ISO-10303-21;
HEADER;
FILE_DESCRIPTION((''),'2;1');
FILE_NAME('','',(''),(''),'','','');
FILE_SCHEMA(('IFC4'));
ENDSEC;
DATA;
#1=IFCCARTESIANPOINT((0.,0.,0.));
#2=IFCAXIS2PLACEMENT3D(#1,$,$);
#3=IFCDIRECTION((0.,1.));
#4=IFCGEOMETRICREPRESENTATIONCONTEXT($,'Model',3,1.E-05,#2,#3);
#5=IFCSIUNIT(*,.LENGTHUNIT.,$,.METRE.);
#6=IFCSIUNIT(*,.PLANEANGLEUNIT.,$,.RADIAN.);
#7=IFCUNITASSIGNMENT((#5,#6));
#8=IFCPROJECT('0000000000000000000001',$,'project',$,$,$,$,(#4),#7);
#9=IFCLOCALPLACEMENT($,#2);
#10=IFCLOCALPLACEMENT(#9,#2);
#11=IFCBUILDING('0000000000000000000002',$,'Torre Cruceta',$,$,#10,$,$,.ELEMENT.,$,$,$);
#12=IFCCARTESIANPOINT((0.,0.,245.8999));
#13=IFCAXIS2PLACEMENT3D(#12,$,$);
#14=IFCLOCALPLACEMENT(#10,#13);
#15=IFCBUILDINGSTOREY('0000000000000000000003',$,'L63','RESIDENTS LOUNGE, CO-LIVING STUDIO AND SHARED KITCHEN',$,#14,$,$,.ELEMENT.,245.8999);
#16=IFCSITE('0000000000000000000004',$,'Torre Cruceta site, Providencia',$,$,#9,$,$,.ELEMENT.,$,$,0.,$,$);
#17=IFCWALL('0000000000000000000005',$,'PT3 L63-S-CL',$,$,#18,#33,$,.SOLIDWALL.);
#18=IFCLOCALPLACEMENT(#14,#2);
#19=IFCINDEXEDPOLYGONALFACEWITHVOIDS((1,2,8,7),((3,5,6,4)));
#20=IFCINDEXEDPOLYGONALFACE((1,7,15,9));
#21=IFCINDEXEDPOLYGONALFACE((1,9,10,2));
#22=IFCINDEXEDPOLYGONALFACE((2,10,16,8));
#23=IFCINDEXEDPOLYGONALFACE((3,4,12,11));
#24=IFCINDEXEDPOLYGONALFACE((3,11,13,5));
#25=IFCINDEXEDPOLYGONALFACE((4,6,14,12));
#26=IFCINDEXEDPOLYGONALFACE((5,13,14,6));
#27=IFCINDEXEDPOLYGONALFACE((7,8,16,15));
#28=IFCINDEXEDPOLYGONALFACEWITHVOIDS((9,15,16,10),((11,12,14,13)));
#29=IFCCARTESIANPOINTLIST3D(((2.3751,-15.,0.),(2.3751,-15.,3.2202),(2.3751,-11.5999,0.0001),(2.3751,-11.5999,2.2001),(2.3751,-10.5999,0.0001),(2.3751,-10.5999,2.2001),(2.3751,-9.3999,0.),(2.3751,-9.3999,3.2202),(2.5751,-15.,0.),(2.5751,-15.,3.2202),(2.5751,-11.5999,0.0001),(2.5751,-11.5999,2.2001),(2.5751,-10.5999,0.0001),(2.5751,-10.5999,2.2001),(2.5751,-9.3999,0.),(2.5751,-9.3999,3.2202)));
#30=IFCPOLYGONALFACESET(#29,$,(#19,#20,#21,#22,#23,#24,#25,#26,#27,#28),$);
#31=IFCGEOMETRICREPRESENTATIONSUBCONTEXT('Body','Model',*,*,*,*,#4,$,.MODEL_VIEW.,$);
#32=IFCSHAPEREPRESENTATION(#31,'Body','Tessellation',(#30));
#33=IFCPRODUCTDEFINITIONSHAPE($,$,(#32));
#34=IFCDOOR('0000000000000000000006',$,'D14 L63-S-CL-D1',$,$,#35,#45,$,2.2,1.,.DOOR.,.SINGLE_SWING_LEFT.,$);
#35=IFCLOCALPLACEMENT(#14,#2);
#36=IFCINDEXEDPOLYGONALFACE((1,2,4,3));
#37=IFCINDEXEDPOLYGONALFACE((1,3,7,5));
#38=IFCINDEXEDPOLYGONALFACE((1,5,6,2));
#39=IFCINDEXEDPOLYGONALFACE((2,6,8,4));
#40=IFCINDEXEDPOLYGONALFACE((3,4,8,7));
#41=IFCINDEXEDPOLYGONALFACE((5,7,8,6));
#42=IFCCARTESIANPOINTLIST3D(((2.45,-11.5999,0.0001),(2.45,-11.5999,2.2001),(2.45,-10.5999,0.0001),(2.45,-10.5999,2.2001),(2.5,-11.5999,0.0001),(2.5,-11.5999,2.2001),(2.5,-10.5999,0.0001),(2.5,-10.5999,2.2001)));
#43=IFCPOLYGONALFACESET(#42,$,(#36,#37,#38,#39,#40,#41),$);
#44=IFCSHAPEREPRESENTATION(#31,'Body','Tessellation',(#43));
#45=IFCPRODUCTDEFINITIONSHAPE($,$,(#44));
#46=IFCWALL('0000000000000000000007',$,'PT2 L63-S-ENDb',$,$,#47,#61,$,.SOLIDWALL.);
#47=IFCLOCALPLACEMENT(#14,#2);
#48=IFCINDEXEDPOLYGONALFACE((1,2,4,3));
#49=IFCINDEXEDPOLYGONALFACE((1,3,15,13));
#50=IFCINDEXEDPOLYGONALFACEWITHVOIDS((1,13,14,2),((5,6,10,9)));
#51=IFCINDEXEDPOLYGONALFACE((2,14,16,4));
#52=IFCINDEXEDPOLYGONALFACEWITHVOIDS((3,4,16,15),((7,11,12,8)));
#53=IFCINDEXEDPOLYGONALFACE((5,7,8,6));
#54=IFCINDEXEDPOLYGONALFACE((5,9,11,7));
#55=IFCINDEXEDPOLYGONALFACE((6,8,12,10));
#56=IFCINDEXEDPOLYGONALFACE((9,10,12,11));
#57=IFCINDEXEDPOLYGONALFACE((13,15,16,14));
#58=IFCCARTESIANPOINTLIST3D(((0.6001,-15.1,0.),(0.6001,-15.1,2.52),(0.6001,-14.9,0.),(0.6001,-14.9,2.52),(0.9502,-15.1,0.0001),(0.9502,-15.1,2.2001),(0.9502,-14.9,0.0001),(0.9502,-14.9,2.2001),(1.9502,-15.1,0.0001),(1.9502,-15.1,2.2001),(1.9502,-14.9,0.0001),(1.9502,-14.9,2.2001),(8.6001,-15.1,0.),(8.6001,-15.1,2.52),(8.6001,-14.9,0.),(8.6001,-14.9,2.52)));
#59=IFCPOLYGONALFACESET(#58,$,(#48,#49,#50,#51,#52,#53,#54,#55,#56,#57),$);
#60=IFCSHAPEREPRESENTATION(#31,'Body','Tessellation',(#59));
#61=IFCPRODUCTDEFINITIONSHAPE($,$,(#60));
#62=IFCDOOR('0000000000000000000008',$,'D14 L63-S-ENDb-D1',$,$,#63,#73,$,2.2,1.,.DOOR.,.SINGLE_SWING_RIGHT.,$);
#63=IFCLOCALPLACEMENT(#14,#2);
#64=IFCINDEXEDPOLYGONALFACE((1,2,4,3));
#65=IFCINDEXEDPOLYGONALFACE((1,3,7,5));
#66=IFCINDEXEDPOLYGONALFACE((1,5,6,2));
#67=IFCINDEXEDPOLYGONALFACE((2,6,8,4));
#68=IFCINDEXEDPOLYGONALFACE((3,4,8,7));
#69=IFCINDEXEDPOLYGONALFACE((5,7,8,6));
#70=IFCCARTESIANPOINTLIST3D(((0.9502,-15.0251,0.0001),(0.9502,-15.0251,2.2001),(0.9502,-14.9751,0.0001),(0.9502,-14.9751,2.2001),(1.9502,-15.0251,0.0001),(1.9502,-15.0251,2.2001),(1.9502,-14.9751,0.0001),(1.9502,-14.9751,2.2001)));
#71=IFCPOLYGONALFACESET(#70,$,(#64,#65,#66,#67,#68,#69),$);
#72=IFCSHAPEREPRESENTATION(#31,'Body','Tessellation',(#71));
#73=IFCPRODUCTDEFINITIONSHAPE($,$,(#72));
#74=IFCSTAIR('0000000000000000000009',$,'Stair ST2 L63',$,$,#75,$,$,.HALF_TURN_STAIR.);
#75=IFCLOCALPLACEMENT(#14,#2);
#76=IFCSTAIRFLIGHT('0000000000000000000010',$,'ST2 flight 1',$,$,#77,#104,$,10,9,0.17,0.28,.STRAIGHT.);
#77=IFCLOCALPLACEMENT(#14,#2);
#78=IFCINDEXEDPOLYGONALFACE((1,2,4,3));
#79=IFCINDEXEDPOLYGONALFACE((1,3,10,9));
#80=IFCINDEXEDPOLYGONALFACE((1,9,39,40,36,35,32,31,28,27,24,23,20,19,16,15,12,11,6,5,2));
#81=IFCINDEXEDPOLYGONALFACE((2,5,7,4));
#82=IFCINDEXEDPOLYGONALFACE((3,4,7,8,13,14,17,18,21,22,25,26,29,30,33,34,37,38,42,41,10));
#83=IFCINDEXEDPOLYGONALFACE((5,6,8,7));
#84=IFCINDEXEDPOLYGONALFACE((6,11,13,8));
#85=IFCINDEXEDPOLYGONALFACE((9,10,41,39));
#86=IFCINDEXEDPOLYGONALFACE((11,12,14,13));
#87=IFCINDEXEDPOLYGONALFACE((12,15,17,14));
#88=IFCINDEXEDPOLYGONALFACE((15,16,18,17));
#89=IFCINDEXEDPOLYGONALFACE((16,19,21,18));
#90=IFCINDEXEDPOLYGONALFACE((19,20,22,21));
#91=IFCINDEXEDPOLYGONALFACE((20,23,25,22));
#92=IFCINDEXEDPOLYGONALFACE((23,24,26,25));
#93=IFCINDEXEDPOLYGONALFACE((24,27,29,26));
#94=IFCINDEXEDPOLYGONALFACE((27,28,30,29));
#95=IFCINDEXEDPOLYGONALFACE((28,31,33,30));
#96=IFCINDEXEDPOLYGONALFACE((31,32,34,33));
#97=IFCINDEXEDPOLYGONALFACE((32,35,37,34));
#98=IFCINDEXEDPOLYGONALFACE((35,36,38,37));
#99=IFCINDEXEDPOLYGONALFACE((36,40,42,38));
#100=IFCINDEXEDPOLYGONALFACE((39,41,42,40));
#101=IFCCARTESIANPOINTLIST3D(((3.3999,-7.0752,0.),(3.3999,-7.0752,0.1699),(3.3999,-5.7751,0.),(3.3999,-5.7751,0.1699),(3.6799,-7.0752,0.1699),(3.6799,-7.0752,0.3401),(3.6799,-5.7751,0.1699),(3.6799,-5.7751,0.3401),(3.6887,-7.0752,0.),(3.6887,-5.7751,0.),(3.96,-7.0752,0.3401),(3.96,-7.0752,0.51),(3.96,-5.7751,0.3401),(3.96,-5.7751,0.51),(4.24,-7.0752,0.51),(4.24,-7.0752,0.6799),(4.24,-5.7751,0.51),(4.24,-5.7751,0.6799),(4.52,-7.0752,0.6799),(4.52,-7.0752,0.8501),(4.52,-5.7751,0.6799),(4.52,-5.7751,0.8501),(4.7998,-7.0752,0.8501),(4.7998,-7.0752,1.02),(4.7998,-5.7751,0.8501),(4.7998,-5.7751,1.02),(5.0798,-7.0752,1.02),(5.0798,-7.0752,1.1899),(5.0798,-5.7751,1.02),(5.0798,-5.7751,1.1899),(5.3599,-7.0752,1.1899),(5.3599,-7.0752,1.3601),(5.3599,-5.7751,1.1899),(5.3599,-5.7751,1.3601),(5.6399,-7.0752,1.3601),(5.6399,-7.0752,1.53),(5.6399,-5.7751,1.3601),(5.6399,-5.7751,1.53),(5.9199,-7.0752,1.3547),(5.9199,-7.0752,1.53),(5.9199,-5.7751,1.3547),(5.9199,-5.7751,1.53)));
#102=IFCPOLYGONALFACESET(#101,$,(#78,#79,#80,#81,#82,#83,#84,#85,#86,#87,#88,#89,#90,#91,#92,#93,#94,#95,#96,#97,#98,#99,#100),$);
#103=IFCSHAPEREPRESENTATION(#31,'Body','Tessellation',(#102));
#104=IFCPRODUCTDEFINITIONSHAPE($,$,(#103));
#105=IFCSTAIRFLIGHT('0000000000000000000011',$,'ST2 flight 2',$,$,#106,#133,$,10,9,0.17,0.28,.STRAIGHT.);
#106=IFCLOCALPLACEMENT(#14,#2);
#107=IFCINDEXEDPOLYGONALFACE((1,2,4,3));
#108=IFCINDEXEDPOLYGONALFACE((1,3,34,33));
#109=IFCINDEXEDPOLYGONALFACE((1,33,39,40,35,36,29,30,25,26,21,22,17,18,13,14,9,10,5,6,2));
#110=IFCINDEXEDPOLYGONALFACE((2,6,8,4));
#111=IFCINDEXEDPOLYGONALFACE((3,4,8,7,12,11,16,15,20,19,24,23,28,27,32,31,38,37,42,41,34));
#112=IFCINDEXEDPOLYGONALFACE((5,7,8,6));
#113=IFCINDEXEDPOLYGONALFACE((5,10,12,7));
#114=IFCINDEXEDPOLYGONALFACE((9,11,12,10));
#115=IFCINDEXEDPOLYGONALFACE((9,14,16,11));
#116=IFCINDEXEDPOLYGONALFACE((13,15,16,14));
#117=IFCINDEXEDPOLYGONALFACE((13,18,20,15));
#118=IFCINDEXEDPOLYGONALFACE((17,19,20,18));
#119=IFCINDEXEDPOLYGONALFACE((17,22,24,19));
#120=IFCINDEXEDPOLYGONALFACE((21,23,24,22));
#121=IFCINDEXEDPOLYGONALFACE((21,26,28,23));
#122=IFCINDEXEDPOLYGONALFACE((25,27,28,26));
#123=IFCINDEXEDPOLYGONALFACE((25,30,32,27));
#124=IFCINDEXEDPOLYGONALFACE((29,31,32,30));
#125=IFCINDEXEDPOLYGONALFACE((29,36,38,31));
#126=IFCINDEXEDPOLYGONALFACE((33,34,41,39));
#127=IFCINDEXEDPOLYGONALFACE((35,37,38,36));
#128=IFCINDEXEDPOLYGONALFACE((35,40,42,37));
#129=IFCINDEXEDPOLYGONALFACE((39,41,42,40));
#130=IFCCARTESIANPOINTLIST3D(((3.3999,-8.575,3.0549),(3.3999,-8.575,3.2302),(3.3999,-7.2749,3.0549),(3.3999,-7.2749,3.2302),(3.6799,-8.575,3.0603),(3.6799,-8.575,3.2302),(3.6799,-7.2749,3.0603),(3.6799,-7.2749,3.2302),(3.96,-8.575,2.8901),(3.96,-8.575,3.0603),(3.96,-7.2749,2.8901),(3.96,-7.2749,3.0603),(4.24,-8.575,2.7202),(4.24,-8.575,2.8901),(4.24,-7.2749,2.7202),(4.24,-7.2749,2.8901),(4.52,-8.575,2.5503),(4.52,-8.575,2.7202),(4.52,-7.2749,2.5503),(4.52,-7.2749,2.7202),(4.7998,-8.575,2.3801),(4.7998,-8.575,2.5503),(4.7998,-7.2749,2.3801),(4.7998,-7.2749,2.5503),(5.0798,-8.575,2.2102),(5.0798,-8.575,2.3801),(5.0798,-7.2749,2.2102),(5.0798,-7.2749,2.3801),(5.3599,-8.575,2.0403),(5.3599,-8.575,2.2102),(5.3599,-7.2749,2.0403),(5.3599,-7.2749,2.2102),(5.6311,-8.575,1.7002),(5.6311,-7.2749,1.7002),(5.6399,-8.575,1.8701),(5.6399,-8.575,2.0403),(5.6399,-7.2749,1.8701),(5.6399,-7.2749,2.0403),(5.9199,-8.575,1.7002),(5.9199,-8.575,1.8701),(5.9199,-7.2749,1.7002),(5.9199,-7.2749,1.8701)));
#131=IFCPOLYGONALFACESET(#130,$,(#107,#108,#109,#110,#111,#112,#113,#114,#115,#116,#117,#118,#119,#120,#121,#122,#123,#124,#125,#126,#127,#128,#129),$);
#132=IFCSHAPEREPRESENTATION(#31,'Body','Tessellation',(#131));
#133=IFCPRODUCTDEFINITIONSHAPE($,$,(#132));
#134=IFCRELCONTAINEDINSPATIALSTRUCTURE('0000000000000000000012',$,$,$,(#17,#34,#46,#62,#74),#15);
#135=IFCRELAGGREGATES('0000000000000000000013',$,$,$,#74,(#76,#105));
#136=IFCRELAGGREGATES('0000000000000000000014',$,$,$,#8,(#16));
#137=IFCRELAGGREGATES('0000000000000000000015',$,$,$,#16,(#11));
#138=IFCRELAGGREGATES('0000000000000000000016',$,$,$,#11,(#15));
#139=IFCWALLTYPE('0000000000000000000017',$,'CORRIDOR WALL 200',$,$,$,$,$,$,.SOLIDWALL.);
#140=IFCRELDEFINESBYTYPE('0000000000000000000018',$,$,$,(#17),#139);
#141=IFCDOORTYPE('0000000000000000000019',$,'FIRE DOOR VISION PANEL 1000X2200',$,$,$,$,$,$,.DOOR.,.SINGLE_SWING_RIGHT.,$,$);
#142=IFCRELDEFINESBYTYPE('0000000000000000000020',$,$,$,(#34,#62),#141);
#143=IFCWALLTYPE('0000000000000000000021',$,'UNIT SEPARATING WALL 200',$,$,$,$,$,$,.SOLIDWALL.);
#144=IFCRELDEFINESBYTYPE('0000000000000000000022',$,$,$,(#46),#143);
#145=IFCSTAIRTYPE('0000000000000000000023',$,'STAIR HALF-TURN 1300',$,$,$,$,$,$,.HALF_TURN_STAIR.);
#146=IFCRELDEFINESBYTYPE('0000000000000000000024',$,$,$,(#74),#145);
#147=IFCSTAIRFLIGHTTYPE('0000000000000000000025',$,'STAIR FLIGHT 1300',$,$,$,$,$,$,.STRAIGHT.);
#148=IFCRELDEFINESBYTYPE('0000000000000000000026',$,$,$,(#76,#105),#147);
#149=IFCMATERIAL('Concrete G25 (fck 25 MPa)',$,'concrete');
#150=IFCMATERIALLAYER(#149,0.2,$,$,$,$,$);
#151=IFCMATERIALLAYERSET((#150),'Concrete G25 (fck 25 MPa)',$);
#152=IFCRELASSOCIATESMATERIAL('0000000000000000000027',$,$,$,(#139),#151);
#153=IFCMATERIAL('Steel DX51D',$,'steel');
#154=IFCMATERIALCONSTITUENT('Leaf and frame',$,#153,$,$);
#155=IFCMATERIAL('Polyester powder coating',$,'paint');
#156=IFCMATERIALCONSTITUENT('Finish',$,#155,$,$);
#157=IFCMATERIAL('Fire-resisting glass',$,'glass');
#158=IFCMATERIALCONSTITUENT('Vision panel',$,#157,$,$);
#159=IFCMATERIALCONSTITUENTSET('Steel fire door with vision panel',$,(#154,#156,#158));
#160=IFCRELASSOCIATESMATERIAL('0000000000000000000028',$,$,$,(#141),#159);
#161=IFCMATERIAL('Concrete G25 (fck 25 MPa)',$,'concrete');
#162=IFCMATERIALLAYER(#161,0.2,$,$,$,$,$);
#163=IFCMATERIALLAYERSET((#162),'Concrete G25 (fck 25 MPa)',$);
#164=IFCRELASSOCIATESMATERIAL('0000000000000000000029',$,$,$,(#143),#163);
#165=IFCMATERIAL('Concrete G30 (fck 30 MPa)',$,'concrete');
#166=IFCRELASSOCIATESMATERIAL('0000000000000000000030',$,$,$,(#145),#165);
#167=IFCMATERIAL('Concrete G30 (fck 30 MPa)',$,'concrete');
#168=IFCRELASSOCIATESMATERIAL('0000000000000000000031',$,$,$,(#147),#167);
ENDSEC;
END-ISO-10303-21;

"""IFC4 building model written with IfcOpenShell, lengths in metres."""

from ifc_helpers import new_model, si_unit, direction, frame, frame_2d, origin, place, context, subcontext, project, spatial, polyline, rectangle, outline, extrude, material, layer, layer_set, constituent, constituent_set, type_object, element, fill, aggregate, save


model = new_model("IFC4")

# Units and contexts
model_context = context("Model", 3, precision=1e-05, world=origin(), true_north=direction((0.0, 1.0)))
body_context = subcontext(model_context, "Body", "Model", "MODEL_VIEW")
ifc_project = project(units=[si_unit("LENGTHUNIT", "METRE"), si_unit("PLANEANGLEUNIT", "RADIAN")], contexts=[model_context])

# Site, building, storey
site_placement = place(None, origin())
site = spatial("IfcSite", under=ifc_project, at=site_placement, Name="Torre Cruceta site, Providencia", CompositionType="ELEMENT", RefElevation=0.0)
building_placement = place(site_placement, origin())
building = spatial("IfcBuilding", under=site, at=building_placement, Name="Torre Cruceta", CompositionType="ELEMENT")
storey_placement = place(building_placement, frame((0.0, 0.0, 245.8999)))
storey = spatial("IfcBuildingStorey", under=building, at=storey_placement, Name="L63", Description="RESIDENTS LOUNGE, CO-LIVING STUDIO AND SHARED KITCHEN", CompositionType="ELEMENT", Elevation=245.8999)

# Wall, opening, door
ifc_material_1 = material(Name="Concrete G25 (fck 25 MPa)", Category="concrete")
ifc_layer_1 = layer(ifc_material_1, 0.2)
ifc_layer_set_1 = layer_set([ifc_layer_1], Name="Concrete G25 (fck 25 MPa)")
wall_type_1 = type_object("IfcWallType", Name="CORRIDOR WALL 200", PredefinedType="SOLIDWALL", material=ifc_layer_set_1)
wall_1_placement = place(storey_placement, frame((2.4751, -9.3999, 0.0), z_axis=(0.0, 0.0, 1.0), x_axis=(0.0, -1.0, 0.0)))
wall_1 = element("IfcWall", 1, at=wall_1_placement, inside=storey, type_object=wall_type_1, Name="PT3 L63-S-CL", PredefinedType="SOLIDWALL", context=body_context, shape_type="SweptSolid", body=[
    extrude(rectangle(XDim=5.6001, YDim=0.2, at=frame_2d((2.8, 0.0))), origin(), (0.0, 0.0, 1.0), 3.2202),
])
opening_1_placement = place(wall_1_placement, frame((1.2, 0.0, 0.0)))
opening_1 = element("IfcOpeningElement", 2, at=opening_1_placement, cuts=wall_1, PredefinedType="OPENING", context=body_context, shape_type="SweptSolid", body=[
    extrude(rectangle(XDim=1.0, YDim=2.2, at=frame_2d((0.5, 1.1001))), frame((0.0, 0.1099, 0.0), z_axis=(0.0, -1.0, 0.0), x_axis=(1.0, 0.0, 0.0)), (0.0, 0.0, 1.0), 0.22),
])
ifc_material_2 = material(Name="Steel DX51D", Category="steel")
ifc_constituent_1 = constituent(ifc_material_2, Name="Leaf and frame")
ifc_material_3 = material(Name="Polyester powder coating", Category="paint")
ifc_constituent_2 = constituent(ifc_material_3, Name="Finish")
ifc_material_4 = material(Name="Fire-resisting glass", Category="glass")
ifc_constituent_3 = constituent(ifc_material_4, Name="Vision panel")
ifc_constituent_set = constituent_set(constituents=[ifc_constituent_1, ifc_constituent_2, ifc_constituent_3], Name="Steel fire door with vision panel")
door_type_1 = type_object("IfcDoorType", Name="FIRE DOOR VISION PANEL 1000X2200", OperationType="SINGLE_SWING_RIGHT", PredefinedType="DOOR", material=ifc_constituent_set)
door_1_placement = place(opening_1_placement, origin())
door_1 = element("IfcDoor", 3, at=door_1_placement, inside=storey, type_object=door_type_1, Name="D14 L63-S-CL-D1", OperationType="SINGLE_SWING_LEFT", OverallHeight=2.2, OverallWidth=1.0, PredefinedType="DOOR", context=body_context, shape_type="SweptSolid", body=[
    extrude(rectangle(XDim=1.0, YDim=2.2, at=frame_2d((0.5, 1.1001))), frame((0.0, 0.0249, 0.0), z_axis=(0.0, -1.0, 0.0), x_axis=(1.0, 0.0, 0.0)), (0.0, 0.0, 1.0), 0.05),
])
fill(opening_1, door_1)

# Wall, opening, door
ifc_material_5 = material(Name="Concrete G25 (fck 25 MPa)", Category="concrete")
ifc_layer_2 = layer(ifc_material_5, 0.2)
ifc_layer_set_2 = layer_set([ifc_layer_2], Name="Concrete G25 (fck 25 MPa)")
wall_type_2 = type_object("IfcWallType", Name="UNIT SEPARATING WALL 200", PredefinedType="SOLIDWALL", material=ifc_layer_set_2)
wall_2_placement = place(storey_placement, frame((0.6001, -15.0, 0.0), z_axis=(0.0, 0.0, 1.0), x_axis=(1.0, 0.0, 0.0)))
wall_2 = element("IfcWall", 4, at=wall_2_placement, inside=storey, type_object=wall_type_2, Name="PT2 L63-S-ENDb", PredefinedType="SOLIDWALL", context=body_context, shape_type="SweptSolid", body=[
    extrude(rectangle(XDim=8.0, YDim=0.2, at=frame_2d((4.0, 0.0))), origin(), (0.0, 0.0, 1.0), 2.52),
])
opening_2_placement = place(wall_2_placement, frame((0.3501, 0.0, 0.0)))
opening_2 = element("IfcOpeningElement", 5, at=opening_2_placement, cuts=wall_2, PredefinedType="OPENING", context=body_context, shape_type="SweptSolid", body=[
    extrude(rectangle(XDim=1.0, YDim=2.2, at=frame_2d((0.5, 1.1001))), frame((0.0, 0.1099, 0.0), z_axis=(0.0, -1.0, 0.0), x_axis=(1.0, 0.0, 0.0)), (0.0, 0.0, 1.0), 0.22),
])
door_2_placement = place(opening_2_placement, frame((1.0, 0.0, 0.0), z_axis=(0.0, 0.0, 1.0), x_axis=(-1.0, 0.0, 0.0)))
door_2 = element("IfcDoor", 6, at=door_2_placement, inside=storey, type_object=door_type_1, Name="D14 L63-S-ENDb-D1", OperationType="SINGLE_SWING_RIGHT", OverallHeight=2.2, OverallWidth=1.0, PredefinedType="DOOR", context=body_context, shape_type="SweptSolid", body=[
    extrude(rectangle(XDim=1.0, YDim=2.2, at=frame_2d((0.5, 1.1001))), frame((0.0, 0.0251, 0.0), z_axis=(0.0, -1.0, 0.0), x_axis=(1.0, 0.0, 0.0)), (0.0, 0.0, 1.0), 0.05),
])
fill(opening_2, door_2)

# Stair, stair flights
ifc_material_6 = material(Name="Concrete G30 (fck 30 MPa)", Category="concrete")
stair_type = type_object("IfcStairType", Name="STAIR HALF-TURN 1300", PredefinedType="HALF_TURN_STAIR", material=ifc_material_6)
stair_placement = place(storey_placement, origin())
stair = element("IfcStair", 7, at=stair_placement, inside=storey, type_object=stair_type, Name="Stair ST2 L63", PredefinedType="HALF_TURN_STAIR")
ifc_material_7 = material(Name="Concrete G30 (fck 30 MPa)", Category="concrete")
stair_flight_type = type_object("IfcStairFlightType", Name="STAIR FLIGHT 1300", PredefinedType="STRAIGHT", material=ifc_material_7)
stair_flight_1_placement = place(storey_placement, frame((3.3999, -6.425, 0.0), z_axis=(0.0, 0.0, 1.0), x_axis=(1.0, 0.0, 0.0)))
stair_flight_1 = element("IfcStairFlight", 8, at=stair_flight_1_placement, type_object=stair_flight_type, Name="ST2 flight 1", NumberOfRisers=10, NumberOfTreads=9, PredefinedType="STRAIGHT", RiserHeight=0.17, TreadLength=0.28, context=body_context, shape_type="SweptSolid", body=[
    extrude(outline(polyline([(0.0, 0.0), (0.0, 0.1699), (0.28, 0.1699), (0.28, 0.3401), (0.5601, 0.3401), (0.5601, 0.51), (0.8401, 0.51), (0.8401, 0.6799), (1.1201, 0.6799), (1.1201, 0.8501), (1.3999, 0.8501), (1.3999, 1.02), (1.6799, 1.02), (1.6799, 1.1899), (1.96, 1.1899), (1.96, 1.3601), (2.24, 1.3601), (2.24, 1.53), (2.52, 1.53), (2.52, 1.7), (2.52, 1.3547), (0.2888, 0.0), (0.0, 0.0)])), frame((0.0, 0.6499, 0.0), z_axis=(0.0, -1.0, 0.0), x_axis=(1.0, 0.0, 0.0)), (0.0, 0.0, 1.0), 1.3),
])
stair_flight_2_placement = place(storey_placement, frame((5.9199, -7.925, 1.7002), z_axis=(0.0, 0.0, 1.0), x_axis=(-1.0, 0.0, 0.0)))
stair_flight_2 = element("IfcStairFlight", 9, at=stair_flight_2_placement, type_object=stair_flight_type, Name="ST2 flight 2", NumberOfRisers=10, NumberOfTreads=9, PredefinedType="STRAIGHT", RiserHeight=0.17, TreadLength=0.28, context=body_context, shape_type="SweptSolid", body=[
    extrude(outline(polyline([(0.0, 0.0), (0.0, 0.1699), (0.28, 0.1699), (0.28, 0.3401), (0.5601, 0.3401), (0.5601, 0.51), (0.8401, 0.51), (0.8401, 0.6799), (1.1201, 0.6799), (1.1201, 0.8501), (1.3999, 0.8501), (1.3999, 1.02), (1.6799, 1.02), (1.6799, 1.1899), (1.96, 1.1899), (1.96, 1.3601), (2.24, 1.3601), (2.24, 1.53), (2.52, 1.53), (2.52, 1.7), (2.52, 1.3547), (0.2888, 0.0), (0.0, 0.0)])), frame((0.0, 0.6499, 0.0), z_axis=(0.0, -1.0, 0.0), x_axis=(1.0, 0.0, 0.0)), (0.0, 0.0, 1.0), 1.3),
])
aggregate(stair, [stair_flight_1, stair_flight_2])

save(model, "model.ifc")
